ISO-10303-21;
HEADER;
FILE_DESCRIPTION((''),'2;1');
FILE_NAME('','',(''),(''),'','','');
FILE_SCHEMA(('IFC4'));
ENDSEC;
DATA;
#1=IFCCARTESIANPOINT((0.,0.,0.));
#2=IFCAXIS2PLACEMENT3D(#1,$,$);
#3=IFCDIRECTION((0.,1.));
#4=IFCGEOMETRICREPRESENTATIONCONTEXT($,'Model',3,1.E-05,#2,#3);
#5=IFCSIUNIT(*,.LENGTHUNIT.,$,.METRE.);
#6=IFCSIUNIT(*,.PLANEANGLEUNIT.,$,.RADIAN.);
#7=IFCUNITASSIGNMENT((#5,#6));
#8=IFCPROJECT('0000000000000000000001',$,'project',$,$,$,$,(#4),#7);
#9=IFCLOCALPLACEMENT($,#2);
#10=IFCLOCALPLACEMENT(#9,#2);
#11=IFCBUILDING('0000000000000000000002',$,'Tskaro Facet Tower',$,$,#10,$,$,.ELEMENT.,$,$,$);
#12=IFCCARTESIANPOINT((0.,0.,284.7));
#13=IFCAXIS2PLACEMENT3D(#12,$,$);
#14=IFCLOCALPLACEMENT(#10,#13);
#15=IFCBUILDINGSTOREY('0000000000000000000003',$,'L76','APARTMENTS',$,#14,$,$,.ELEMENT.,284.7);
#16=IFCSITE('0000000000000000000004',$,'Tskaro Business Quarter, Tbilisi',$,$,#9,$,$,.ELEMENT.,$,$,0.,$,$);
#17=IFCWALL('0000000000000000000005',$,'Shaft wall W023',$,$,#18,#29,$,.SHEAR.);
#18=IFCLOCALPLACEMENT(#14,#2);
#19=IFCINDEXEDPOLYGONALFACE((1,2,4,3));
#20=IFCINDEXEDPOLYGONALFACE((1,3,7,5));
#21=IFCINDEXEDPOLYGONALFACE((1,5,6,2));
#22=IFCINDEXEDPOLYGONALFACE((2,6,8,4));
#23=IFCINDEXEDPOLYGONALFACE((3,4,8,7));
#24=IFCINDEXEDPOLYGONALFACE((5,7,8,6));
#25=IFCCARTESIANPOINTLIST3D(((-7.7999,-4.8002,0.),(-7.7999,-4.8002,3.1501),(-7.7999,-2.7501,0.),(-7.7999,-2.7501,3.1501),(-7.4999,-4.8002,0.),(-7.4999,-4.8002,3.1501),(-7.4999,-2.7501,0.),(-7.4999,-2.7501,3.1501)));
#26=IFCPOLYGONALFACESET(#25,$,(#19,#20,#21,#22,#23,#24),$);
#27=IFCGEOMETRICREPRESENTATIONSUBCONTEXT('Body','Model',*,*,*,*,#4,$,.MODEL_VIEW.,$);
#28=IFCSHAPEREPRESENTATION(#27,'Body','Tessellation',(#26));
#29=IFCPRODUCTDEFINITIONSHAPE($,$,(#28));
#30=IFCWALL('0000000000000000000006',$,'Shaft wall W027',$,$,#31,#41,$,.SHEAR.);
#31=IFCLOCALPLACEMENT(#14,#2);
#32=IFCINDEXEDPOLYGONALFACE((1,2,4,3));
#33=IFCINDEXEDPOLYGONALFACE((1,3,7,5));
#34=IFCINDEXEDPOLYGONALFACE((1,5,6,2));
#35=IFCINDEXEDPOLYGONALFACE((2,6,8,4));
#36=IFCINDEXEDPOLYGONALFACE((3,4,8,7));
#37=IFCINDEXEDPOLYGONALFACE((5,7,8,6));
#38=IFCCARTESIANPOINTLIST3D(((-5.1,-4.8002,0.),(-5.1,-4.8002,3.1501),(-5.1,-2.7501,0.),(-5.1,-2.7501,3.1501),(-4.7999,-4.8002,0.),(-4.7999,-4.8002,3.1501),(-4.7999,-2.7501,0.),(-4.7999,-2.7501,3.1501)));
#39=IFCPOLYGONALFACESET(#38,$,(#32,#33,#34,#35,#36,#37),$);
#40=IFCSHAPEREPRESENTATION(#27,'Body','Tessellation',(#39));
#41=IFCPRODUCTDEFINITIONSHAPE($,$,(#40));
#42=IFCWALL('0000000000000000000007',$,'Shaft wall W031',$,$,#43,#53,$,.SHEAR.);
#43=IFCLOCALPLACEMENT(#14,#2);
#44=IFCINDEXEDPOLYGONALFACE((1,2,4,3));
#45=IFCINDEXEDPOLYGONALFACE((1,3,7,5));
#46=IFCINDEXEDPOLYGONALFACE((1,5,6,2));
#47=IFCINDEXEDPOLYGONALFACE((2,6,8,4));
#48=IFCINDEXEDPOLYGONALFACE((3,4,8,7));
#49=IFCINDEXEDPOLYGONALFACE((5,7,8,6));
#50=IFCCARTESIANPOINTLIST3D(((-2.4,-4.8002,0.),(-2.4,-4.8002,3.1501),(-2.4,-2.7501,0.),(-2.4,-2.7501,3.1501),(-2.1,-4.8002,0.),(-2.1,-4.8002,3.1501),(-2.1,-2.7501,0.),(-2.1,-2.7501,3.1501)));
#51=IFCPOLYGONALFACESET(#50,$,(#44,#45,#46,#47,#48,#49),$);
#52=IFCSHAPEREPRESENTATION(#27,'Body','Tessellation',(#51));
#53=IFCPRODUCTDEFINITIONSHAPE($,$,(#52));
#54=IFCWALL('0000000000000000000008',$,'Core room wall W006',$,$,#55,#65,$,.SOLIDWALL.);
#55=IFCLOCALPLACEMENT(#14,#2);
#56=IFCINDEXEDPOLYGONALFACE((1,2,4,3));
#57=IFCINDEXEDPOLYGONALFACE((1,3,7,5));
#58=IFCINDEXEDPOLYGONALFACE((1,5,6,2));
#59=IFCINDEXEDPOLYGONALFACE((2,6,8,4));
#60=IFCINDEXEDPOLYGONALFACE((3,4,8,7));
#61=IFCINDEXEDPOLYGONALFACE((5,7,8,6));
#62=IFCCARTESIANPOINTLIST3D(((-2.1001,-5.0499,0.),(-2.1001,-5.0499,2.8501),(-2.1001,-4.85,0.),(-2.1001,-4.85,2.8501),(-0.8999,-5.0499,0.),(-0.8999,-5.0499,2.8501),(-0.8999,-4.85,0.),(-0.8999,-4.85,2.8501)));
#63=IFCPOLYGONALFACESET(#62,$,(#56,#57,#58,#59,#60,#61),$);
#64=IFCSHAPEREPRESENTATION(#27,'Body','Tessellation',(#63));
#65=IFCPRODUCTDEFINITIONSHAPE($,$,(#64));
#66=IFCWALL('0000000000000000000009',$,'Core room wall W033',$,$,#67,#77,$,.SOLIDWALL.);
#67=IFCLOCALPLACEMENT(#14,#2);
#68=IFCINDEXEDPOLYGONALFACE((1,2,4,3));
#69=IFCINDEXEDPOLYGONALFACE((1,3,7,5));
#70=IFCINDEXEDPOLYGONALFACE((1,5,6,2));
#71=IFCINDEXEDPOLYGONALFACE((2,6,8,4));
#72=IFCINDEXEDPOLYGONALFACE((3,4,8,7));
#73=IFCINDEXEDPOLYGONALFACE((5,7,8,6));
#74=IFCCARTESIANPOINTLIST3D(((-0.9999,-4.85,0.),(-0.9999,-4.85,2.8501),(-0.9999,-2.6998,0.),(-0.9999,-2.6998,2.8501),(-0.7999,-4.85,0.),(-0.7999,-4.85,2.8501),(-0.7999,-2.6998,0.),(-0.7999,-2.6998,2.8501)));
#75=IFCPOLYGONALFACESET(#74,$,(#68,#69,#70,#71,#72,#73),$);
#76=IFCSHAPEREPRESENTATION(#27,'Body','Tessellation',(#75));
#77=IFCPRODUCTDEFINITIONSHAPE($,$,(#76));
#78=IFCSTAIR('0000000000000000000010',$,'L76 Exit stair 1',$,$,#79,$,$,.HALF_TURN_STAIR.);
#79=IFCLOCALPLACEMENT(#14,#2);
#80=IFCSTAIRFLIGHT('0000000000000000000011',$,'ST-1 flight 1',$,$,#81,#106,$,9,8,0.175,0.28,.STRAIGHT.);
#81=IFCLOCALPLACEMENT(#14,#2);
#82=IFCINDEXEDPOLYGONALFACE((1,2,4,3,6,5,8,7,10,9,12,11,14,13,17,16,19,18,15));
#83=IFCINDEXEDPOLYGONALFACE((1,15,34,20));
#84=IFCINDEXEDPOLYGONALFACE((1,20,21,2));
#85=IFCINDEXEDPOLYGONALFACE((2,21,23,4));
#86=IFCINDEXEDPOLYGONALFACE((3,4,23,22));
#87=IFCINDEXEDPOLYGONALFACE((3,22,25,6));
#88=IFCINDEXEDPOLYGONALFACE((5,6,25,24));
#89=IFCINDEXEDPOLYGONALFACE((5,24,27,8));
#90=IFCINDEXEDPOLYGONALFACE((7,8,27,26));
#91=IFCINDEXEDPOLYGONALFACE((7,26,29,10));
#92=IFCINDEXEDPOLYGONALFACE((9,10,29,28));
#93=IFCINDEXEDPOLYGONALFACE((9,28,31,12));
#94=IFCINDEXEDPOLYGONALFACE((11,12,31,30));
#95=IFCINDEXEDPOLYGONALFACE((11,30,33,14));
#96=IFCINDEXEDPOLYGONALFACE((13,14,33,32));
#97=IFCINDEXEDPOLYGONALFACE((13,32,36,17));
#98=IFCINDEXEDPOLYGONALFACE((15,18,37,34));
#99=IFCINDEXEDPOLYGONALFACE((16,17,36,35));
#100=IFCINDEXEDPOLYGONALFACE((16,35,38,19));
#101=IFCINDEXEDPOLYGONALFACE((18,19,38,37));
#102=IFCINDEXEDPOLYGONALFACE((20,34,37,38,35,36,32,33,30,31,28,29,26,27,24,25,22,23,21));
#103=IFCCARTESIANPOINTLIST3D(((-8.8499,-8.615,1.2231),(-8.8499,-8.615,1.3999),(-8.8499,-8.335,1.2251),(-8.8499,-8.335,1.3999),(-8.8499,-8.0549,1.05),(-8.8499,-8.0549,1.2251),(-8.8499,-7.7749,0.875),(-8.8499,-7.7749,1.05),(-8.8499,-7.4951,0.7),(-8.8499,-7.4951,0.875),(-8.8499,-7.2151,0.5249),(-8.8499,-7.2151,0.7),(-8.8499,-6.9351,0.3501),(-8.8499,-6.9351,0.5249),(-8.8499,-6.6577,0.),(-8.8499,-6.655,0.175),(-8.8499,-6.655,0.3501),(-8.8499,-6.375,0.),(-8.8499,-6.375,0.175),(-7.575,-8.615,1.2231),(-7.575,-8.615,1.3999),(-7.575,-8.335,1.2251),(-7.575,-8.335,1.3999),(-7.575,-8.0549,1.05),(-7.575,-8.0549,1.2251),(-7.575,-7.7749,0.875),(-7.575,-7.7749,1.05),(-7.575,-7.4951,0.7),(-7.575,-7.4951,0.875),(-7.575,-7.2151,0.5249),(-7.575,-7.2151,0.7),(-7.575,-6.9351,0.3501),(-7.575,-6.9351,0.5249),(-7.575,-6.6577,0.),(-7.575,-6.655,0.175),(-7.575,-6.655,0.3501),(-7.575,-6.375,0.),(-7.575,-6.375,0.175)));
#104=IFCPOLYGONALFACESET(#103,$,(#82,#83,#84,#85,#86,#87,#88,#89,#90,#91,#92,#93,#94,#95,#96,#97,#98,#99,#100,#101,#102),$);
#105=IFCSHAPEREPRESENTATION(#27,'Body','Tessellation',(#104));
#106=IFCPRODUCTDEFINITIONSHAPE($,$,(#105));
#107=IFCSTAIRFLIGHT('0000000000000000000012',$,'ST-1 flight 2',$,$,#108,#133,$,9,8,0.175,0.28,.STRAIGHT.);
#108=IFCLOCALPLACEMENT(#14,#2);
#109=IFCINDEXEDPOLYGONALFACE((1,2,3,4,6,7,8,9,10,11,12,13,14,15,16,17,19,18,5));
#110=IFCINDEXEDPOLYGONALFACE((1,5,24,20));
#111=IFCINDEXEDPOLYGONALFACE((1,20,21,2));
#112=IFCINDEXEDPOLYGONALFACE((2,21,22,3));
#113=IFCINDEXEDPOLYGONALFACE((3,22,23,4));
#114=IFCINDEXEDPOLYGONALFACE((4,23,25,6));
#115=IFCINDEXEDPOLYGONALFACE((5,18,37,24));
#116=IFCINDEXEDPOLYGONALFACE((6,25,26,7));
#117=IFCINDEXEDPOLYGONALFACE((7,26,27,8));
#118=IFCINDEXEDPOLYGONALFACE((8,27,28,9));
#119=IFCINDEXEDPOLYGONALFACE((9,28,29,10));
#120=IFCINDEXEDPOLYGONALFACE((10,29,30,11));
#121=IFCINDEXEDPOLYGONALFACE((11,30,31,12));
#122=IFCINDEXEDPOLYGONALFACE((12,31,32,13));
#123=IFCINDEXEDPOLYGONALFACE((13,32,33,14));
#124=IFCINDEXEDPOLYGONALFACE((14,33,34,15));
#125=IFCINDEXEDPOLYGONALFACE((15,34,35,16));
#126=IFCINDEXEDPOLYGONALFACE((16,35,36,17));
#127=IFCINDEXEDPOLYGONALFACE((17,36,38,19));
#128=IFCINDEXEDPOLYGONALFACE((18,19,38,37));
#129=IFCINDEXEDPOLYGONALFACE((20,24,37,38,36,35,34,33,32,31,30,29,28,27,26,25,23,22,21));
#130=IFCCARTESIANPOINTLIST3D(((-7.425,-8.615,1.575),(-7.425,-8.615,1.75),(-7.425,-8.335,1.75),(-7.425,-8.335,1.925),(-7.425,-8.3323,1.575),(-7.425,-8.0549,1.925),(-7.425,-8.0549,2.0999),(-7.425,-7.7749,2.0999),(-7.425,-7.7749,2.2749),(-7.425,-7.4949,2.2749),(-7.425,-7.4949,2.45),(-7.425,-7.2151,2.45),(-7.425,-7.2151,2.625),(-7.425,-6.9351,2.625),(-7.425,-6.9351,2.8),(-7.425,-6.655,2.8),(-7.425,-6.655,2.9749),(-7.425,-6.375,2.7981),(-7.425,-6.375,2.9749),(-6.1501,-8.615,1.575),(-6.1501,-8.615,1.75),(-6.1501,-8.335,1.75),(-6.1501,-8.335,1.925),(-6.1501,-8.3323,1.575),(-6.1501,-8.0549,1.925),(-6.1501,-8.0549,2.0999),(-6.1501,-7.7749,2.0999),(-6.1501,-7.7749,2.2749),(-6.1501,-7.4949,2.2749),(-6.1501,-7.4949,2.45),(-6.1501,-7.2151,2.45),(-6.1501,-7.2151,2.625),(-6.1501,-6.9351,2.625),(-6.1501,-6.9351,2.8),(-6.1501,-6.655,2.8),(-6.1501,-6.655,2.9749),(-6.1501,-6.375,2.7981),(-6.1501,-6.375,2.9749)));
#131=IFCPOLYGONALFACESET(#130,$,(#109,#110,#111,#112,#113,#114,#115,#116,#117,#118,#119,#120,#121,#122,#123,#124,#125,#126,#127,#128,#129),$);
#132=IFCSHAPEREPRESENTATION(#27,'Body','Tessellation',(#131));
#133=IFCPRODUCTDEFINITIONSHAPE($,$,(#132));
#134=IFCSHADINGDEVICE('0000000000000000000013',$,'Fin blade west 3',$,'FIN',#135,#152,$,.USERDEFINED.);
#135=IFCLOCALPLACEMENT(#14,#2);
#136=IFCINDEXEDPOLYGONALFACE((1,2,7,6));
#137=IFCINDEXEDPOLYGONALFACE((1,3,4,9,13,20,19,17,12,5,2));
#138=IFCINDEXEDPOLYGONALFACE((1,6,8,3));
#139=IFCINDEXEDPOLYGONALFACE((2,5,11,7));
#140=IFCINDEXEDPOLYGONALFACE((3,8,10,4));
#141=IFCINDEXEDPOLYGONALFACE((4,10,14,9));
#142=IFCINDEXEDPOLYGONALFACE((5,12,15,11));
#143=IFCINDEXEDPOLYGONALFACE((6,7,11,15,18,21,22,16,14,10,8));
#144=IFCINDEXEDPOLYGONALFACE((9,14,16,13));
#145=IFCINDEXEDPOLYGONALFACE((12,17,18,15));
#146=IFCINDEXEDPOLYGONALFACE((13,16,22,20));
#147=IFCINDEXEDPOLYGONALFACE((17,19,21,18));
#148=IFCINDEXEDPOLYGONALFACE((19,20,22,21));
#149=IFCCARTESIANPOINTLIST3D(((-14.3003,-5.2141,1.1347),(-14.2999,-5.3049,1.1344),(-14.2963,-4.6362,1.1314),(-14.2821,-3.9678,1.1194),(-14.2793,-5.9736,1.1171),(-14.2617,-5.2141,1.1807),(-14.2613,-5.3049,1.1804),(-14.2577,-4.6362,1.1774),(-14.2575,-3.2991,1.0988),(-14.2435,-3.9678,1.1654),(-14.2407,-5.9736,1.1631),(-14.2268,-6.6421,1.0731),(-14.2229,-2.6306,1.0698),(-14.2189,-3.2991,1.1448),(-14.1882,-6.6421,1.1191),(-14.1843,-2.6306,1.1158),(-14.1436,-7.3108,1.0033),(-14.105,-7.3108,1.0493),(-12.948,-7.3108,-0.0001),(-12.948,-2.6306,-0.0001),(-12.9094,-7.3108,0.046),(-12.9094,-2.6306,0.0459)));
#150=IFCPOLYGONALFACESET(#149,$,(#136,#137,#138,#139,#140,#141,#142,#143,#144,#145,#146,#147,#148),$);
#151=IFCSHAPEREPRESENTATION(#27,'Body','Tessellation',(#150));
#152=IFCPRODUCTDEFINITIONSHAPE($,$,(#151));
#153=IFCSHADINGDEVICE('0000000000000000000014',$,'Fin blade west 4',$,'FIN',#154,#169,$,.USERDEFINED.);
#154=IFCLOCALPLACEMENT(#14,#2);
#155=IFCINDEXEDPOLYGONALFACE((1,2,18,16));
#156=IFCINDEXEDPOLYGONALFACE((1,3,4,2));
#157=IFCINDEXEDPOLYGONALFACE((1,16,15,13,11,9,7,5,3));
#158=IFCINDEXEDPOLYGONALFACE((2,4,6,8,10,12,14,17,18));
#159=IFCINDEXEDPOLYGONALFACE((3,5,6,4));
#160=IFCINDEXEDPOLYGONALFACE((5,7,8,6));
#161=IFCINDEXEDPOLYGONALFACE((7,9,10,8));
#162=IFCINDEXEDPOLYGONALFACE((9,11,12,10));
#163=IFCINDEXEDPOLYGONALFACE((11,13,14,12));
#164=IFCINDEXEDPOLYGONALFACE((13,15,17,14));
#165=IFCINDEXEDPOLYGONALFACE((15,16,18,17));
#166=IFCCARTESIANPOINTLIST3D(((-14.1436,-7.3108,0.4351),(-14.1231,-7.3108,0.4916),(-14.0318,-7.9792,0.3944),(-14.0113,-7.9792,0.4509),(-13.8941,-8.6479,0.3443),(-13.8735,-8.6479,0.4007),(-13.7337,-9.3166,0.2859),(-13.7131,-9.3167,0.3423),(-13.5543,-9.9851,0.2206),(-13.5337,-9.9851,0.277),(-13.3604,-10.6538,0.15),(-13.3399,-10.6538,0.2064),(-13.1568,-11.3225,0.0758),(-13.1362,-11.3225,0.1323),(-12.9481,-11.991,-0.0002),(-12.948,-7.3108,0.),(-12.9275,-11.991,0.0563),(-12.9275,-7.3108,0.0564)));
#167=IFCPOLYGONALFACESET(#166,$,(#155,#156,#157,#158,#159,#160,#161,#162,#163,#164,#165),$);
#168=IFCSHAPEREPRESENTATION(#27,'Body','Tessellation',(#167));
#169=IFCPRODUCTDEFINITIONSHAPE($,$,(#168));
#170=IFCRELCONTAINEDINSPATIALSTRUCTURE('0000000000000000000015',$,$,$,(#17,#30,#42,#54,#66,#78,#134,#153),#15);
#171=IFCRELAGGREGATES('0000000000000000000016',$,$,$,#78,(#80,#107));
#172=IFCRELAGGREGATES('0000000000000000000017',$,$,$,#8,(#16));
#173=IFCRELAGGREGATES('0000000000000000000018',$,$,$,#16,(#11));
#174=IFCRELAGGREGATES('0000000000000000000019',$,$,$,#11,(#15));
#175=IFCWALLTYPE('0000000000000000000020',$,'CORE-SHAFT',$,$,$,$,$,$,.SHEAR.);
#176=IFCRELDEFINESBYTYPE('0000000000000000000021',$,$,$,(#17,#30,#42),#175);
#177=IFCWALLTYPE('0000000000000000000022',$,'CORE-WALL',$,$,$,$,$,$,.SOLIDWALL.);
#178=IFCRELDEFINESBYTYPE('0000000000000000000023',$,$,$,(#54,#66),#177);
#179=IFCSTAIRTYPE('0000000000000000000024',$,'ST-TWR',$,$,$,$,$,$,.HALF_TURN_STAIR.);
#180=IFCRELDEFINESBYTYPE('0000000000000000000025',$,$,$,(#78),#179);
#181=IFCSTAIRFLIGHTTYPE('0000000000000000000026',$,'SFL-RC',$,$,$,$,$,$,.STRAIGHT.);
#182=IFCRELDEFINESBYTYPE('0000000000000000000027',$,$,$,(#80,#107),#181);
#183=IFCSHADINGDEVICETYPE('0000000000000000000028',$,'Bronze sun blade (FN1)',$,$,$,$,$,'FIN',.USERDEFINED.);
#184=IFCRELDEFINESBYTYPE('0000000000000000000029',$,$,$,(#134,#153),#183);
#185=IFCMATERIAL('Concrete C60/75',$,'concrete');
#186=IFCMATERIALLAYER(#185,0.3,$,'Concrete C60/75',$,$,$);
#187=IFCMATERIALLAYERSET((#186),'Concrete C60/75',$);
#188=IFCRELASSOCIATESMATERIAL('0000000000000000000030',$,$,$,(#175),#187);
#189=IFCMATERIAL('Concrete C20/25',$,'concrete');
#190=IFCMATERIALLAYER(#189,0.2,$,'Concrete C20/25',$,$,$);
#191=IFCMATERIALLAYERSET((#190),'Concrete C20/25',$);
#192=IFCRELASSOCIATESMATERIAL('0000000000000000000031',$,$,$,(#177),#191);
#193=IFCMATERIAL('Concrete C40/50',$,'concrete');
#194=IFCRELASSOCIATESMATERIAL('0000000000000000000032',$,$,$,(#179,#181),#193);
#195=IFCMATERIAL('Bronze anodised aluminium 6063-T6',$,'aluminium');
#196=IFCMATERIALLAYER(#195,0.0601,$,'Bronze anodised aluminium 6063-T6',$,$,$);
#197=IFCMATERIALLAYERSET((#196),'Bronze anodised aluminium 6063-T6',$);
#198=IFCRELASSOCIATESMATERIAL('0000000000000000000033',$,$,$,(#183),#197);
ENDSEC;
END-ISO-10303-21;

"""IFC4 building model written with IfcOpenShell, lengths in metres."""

from ifc_helpers import new_model, si_unit, direction, frame, frame_2d, origin, place, context, subcontext, project, spatial, polyline, rectangle, outline, extrude, material, layer, layer_set, type_object, element, aggregate, save


model = new_model("IFC4")

# Units and contexts
model_context = context("Model", 3, precision=1e-05, world=origin(), true_north=direction((0.0, 1.0)))
body_context = subcontext(model_context, "Body", "Model", "MODEL_VIEW")
ifc_project = project(units=[si_unit("LENGTHUNIT", "METRE"), si_unit("PLANEANGLEUNIT", "RADIAN")], contexts=[model_context])

# Site, building, storey
site_placement = place(None, origin())
site = spatial("IfcSite", under=ifc_project, at=site_placement, Name="Tskaro Business Quarter, Tbilisi", CompositionType="ELEMENT", RefElevation=0.0)
building_placement = place(site_placement, origin())
building = spatial("IfcBuilding", under=site, at=building_placement, Name="Tskaro Facet Tower", CompositionType="ELEMENT")
storey_placement = place(building_placement, frame((0.0, 0.0, 284.7)))
storey = spatial("IfcBuildingStorey", under=building, at=storey_placement, Name="L76", Description="APARTMENTS", CompositionType="ELEMENT", Elevation=284.7)

# Shared definitions
ifc_material_1 = material(Name="Bronze anodised aluminium 6063-T6", Category="aluminium")

# Shared definitions
ifc_material_2 = material(Name="Concrete C60/75", Category="concrete")
ifc_layer_1 = layer(ifc_material_2, 0.3, Name="Concrete C60/75")
ifc_layer_set_1 = layer_set([ifc_layer_1], Name="Concrete C60/75")
wall_type_1 = type_object("IfcWallType", Name="CORE-SHAFT", PredefinedType="SHEAR", material=ifc_layer_set_1)

# Walls
for number, where, z_axis, x_axis, name in (
    (1, (-7.6499, -4.8, 0.0), (0.0, 0.0, 1.0), (0.0, 1.0, 0.0), "Shaft wall W023"),
    (2, (-4.95, -4.8, 0.0), (0.0, 0.0, 1.0), (0.0, 1.0, 0.0), "Shaft wall W027"),
    (3, (-2.25, -4.8, 0.0), (0.0, 0.0, 1.0), (0.0, 1.0, 0.0), "Shaft wall W031"),
):
    element("IfcWall", number, at=place(storey_placement, frame(where, z_axis=z_axis, x_axis=x_axis)), inside=storey, type_object=wall_type_1, Name=name, PredefinedType="SHEAR", context=body_context, shape_type="SweptSolid", body=[
        extrude(rectangle(XDim=2.05, YDim=0.3, at=frame_2d((1.0249, 0.0))), origin(), (0.0, 0.0, 1.0), 3.1501),
    ])
ifc_material_3 = material(Name="Concrete C20/25", Category="concrete")
ifc_layer_2 = layer(ifc_material_3, 0.2, Name="Concrete C20/25")
ifc_layer_set_2 = layer_set([ifc_layer_2], Name="Concrete C20/25")
wall_type_2 = type_object("IfcWallType", Name="CORE-WALL", PredefinedType="SOLIDWALL", material=ifc_layer_set_2)
wall_1_placement = place(storey_placement, frame((-2.1001, -4.95, 0.0), z_axis=(0.0, 0.0, 1.0), x_axis=(1.0, 0.0, 0.0)))
element("IfcWall", 4, at=wall_1_placement, inside=storey, type_object=wall_type_2, Name="Core room wall W006", PredefinedType="SOLIDWALL", context=body_context, shape_type="SweptSolid", body=[
    extrude(rectangle(XDim=1.2002, YDim=0.2, at=frame_2d((0.6001, 0.0))), origin(), (0.0, 0.0, 1.0), 2.8501),
])
wall_2_placement = place(storey_placement, frame((-0.8999, -4.8501, 0.0), z_axis=(0.0, 0.0, 1.0), x_axis=(0.0, 1.0, 0.0)))
element("IfcWall", 5, at=wall_2_placement, inside=storey, type_object=wall_type_2, Name="Core room wall W033", PredefinedType="SOLIDWALL", context=body_context, shape_type="SweptSolid", body=[
    extrude(rectangle(XDim=2.1501, YDim=0.2, at=frame_2d((1.0752, 0.0))), origin(), (0.0, 0.0, 1.0), 2.8501),
])

# Stair, stair flights
ifc_material_4 = material(Name="Concrete C40/50", Category="concrete")
stair_type = type_object("IfcStairType", Name="ST-TWR", PredefinedType="HALF_TURN_STAIR", material=ifc_material_4)
stair_placement = place(storey_placement, origin())
stair = element("IfcStair", 6, at=stair_placement, inside=storey, type_object=stair_type, Name="L76 Exit stair 1", PredefinedType="HALF_TURN_STAIR")
stair_flight_type = type_object("IfcStairFlightType", Name="SFL-RC", PredefinedType="STRAIGHT", material=ifc_material_4)
stair_flight_1_placement = place(storey_placement, frame((-8.2124, -6.375, 0.0), z_axis=(0.0, 0.0, 1.0), x_axis=(0.0, -1.0, 0.0)))
stair_flight_1 = element("IfcStairFlight", 7, at=stair_flight_1_placement, type_object=stair_flight_type, Name="ST-1 flight 1", NumberOfRisers=9, NumberOfTreads=8, PredefinedType="STRAIGHT", RiserHeight=0.175, TreadLength=0.28, context=body_context, shape_type="SweptSolid", body=[
    extrude(outline(polyline([(0.0, 0.0), (0.0, 0.175), (0.28, 0.175), (0.28, 0.3501), (0.5601, 0.3501), (0.5601, 0.5249), (0.8401, 0.5249), (0.8401, 0.7), (1.1201, 0.7), (1.1201, 0.875), (1.3999, 0.875), (1.3999, 1.05), (1.6799, 1.05), (1.6799, 1.2251), (1.96, 1.2251), (1.96, 1.3999), (2.24, 1.3999), (2.24, 1.575), (2.24, 1.2231), (0.2827, 0.0), (0.0, 0.0)])), frame((0.0, 0.6375, 0.0), z_axis=(0.0, -1.0, 0.0), x_axis=(1.0, 0.0, 0.0)), (0.0, 0.0, 1.0), 1.2749),
])
stair_flight_2_placement = place(storey_placement, frame((-6.7876, -8.615, 1.575), z_axis=(0.0, 0.0, 1.0), x_axis=(0.0, 1.0, 0.0)))
stair_flight_2 = element("IfcStairFlight", 8, at=stair_flight_2_placement, type_object=stair_flight_type, Name="ST-1 flight 2", NumberOfRisers=9, NumberOfTreads=8, PredefinedType="STRAIGHT", RiserHeight=0.175, TreadLength=0.28, context=body_context, shape_type="SweptSolid", body=[
    extrude(outline(polyline([(0.0, 0.0), (0.0, 0.175), (0.28, 0.175), (0.28, 0.3501), (0.5601, 0.3501), (0.5601, 0.5249), (0.8401, 0.5249), (0.8401, 0.7), (1.1201, 0.7), (1.1201, 0.875), (1.3999, 0.875), (1.3999, 1.05), (1.6799, 1.05), (1.6799, 1.2251), (1.96, 1.2251), (1.96, 1.3999), (2.24, 1.3999), (2.24, 1.575), (2.24, 1.2231), (0.2827, 0.0), (0.0, 0.0)])), frame((0.0, 0.6375, 0.0), z_axis=(0.0, -1.0, 0.0), x_axis=(1.0, 0.0, 0.0)), (0.0, 0.0, 1.0), 1.2749),
])
aggregate(stair, [stair_flight_1, stair_flight_2])

# Shading devices
ifc_layer_3 = layer(ifc_material_1, 0.0601, Name="Bronze anodised aluminium 6063-T6")
ifc_layer_set_3 = layer_set([ifc_layer_3], Name="Bronze anodised aluminium 6063-T6")
shading_device_type = type_object("IfcShadingDeviceType", Name="Bronze sun blade (FN1)", ElementType="FIN", PredefinedType="USERDEFINED", material=ifc_layer_set_3)
shading_device_1_placement = place(storey_placement, frame((-12.9094, -2.6306, 0.0459), z_axis=(0.642827, 0.000015, 0.766011), x_axis=(0.00001, -1.0, 0.000012)))
element("IfcShadingDevice", 9, at=shading_device_1_placement, inside=storey, type_object=shading_device_type, Name="Fin blade west 3", ObjectType="FIN", PredefinedType="USERDEFINED", context=body_context, shape_type="SweptSolid", body=[
    extrude(outline(polyline([(0.0, 0.0), (4.6802, 0.0), (4.6802, -1.5608), (4.0115, -1.6695), (3.343, -1.7379), (2.6743, -1.7648), (2.5835, -1.7653), (2.0056, -1.7601), (1.3372, -1.7416), (0.6685, -1.7095), (0.0, -1.6643), (0.0, 0.0)])), origin(), (0.0, 0.0, -1.0), 0.0601),
])
shading_device_2_placement = place(storey_placement, frame((-12.9275, -7.3108, 0.0564), z_axis=(0.342035, -0.000026, 0.939687), x_axis=(-0.000009, -1.0, -0.000024)))
element("IfcShadingDevice", 10, at=shading_device_2_placement, inside=storey, type_object=shading_device_type, Name="Fin blade west 4", ObjectType="FIN", PredefinedType="USERDEFINED", context=body_context, shape_type="SweptSolid", body=[
    extrude(outline(polyline([(0.0, 0.0), (4.6802, 0.0), (4.0117, -0.2221), (3.343, -0.4388), (2.6743, -0.6451), (2.0059, -0.836), (1.3372, -1.0067), (0.6685, -1.1533), (0.0, -1.2723), (0.0, 0.0)])), origin(), (0.0, 0.0, -1.0), 0.0601),
])

save(model, "model.ifc")
